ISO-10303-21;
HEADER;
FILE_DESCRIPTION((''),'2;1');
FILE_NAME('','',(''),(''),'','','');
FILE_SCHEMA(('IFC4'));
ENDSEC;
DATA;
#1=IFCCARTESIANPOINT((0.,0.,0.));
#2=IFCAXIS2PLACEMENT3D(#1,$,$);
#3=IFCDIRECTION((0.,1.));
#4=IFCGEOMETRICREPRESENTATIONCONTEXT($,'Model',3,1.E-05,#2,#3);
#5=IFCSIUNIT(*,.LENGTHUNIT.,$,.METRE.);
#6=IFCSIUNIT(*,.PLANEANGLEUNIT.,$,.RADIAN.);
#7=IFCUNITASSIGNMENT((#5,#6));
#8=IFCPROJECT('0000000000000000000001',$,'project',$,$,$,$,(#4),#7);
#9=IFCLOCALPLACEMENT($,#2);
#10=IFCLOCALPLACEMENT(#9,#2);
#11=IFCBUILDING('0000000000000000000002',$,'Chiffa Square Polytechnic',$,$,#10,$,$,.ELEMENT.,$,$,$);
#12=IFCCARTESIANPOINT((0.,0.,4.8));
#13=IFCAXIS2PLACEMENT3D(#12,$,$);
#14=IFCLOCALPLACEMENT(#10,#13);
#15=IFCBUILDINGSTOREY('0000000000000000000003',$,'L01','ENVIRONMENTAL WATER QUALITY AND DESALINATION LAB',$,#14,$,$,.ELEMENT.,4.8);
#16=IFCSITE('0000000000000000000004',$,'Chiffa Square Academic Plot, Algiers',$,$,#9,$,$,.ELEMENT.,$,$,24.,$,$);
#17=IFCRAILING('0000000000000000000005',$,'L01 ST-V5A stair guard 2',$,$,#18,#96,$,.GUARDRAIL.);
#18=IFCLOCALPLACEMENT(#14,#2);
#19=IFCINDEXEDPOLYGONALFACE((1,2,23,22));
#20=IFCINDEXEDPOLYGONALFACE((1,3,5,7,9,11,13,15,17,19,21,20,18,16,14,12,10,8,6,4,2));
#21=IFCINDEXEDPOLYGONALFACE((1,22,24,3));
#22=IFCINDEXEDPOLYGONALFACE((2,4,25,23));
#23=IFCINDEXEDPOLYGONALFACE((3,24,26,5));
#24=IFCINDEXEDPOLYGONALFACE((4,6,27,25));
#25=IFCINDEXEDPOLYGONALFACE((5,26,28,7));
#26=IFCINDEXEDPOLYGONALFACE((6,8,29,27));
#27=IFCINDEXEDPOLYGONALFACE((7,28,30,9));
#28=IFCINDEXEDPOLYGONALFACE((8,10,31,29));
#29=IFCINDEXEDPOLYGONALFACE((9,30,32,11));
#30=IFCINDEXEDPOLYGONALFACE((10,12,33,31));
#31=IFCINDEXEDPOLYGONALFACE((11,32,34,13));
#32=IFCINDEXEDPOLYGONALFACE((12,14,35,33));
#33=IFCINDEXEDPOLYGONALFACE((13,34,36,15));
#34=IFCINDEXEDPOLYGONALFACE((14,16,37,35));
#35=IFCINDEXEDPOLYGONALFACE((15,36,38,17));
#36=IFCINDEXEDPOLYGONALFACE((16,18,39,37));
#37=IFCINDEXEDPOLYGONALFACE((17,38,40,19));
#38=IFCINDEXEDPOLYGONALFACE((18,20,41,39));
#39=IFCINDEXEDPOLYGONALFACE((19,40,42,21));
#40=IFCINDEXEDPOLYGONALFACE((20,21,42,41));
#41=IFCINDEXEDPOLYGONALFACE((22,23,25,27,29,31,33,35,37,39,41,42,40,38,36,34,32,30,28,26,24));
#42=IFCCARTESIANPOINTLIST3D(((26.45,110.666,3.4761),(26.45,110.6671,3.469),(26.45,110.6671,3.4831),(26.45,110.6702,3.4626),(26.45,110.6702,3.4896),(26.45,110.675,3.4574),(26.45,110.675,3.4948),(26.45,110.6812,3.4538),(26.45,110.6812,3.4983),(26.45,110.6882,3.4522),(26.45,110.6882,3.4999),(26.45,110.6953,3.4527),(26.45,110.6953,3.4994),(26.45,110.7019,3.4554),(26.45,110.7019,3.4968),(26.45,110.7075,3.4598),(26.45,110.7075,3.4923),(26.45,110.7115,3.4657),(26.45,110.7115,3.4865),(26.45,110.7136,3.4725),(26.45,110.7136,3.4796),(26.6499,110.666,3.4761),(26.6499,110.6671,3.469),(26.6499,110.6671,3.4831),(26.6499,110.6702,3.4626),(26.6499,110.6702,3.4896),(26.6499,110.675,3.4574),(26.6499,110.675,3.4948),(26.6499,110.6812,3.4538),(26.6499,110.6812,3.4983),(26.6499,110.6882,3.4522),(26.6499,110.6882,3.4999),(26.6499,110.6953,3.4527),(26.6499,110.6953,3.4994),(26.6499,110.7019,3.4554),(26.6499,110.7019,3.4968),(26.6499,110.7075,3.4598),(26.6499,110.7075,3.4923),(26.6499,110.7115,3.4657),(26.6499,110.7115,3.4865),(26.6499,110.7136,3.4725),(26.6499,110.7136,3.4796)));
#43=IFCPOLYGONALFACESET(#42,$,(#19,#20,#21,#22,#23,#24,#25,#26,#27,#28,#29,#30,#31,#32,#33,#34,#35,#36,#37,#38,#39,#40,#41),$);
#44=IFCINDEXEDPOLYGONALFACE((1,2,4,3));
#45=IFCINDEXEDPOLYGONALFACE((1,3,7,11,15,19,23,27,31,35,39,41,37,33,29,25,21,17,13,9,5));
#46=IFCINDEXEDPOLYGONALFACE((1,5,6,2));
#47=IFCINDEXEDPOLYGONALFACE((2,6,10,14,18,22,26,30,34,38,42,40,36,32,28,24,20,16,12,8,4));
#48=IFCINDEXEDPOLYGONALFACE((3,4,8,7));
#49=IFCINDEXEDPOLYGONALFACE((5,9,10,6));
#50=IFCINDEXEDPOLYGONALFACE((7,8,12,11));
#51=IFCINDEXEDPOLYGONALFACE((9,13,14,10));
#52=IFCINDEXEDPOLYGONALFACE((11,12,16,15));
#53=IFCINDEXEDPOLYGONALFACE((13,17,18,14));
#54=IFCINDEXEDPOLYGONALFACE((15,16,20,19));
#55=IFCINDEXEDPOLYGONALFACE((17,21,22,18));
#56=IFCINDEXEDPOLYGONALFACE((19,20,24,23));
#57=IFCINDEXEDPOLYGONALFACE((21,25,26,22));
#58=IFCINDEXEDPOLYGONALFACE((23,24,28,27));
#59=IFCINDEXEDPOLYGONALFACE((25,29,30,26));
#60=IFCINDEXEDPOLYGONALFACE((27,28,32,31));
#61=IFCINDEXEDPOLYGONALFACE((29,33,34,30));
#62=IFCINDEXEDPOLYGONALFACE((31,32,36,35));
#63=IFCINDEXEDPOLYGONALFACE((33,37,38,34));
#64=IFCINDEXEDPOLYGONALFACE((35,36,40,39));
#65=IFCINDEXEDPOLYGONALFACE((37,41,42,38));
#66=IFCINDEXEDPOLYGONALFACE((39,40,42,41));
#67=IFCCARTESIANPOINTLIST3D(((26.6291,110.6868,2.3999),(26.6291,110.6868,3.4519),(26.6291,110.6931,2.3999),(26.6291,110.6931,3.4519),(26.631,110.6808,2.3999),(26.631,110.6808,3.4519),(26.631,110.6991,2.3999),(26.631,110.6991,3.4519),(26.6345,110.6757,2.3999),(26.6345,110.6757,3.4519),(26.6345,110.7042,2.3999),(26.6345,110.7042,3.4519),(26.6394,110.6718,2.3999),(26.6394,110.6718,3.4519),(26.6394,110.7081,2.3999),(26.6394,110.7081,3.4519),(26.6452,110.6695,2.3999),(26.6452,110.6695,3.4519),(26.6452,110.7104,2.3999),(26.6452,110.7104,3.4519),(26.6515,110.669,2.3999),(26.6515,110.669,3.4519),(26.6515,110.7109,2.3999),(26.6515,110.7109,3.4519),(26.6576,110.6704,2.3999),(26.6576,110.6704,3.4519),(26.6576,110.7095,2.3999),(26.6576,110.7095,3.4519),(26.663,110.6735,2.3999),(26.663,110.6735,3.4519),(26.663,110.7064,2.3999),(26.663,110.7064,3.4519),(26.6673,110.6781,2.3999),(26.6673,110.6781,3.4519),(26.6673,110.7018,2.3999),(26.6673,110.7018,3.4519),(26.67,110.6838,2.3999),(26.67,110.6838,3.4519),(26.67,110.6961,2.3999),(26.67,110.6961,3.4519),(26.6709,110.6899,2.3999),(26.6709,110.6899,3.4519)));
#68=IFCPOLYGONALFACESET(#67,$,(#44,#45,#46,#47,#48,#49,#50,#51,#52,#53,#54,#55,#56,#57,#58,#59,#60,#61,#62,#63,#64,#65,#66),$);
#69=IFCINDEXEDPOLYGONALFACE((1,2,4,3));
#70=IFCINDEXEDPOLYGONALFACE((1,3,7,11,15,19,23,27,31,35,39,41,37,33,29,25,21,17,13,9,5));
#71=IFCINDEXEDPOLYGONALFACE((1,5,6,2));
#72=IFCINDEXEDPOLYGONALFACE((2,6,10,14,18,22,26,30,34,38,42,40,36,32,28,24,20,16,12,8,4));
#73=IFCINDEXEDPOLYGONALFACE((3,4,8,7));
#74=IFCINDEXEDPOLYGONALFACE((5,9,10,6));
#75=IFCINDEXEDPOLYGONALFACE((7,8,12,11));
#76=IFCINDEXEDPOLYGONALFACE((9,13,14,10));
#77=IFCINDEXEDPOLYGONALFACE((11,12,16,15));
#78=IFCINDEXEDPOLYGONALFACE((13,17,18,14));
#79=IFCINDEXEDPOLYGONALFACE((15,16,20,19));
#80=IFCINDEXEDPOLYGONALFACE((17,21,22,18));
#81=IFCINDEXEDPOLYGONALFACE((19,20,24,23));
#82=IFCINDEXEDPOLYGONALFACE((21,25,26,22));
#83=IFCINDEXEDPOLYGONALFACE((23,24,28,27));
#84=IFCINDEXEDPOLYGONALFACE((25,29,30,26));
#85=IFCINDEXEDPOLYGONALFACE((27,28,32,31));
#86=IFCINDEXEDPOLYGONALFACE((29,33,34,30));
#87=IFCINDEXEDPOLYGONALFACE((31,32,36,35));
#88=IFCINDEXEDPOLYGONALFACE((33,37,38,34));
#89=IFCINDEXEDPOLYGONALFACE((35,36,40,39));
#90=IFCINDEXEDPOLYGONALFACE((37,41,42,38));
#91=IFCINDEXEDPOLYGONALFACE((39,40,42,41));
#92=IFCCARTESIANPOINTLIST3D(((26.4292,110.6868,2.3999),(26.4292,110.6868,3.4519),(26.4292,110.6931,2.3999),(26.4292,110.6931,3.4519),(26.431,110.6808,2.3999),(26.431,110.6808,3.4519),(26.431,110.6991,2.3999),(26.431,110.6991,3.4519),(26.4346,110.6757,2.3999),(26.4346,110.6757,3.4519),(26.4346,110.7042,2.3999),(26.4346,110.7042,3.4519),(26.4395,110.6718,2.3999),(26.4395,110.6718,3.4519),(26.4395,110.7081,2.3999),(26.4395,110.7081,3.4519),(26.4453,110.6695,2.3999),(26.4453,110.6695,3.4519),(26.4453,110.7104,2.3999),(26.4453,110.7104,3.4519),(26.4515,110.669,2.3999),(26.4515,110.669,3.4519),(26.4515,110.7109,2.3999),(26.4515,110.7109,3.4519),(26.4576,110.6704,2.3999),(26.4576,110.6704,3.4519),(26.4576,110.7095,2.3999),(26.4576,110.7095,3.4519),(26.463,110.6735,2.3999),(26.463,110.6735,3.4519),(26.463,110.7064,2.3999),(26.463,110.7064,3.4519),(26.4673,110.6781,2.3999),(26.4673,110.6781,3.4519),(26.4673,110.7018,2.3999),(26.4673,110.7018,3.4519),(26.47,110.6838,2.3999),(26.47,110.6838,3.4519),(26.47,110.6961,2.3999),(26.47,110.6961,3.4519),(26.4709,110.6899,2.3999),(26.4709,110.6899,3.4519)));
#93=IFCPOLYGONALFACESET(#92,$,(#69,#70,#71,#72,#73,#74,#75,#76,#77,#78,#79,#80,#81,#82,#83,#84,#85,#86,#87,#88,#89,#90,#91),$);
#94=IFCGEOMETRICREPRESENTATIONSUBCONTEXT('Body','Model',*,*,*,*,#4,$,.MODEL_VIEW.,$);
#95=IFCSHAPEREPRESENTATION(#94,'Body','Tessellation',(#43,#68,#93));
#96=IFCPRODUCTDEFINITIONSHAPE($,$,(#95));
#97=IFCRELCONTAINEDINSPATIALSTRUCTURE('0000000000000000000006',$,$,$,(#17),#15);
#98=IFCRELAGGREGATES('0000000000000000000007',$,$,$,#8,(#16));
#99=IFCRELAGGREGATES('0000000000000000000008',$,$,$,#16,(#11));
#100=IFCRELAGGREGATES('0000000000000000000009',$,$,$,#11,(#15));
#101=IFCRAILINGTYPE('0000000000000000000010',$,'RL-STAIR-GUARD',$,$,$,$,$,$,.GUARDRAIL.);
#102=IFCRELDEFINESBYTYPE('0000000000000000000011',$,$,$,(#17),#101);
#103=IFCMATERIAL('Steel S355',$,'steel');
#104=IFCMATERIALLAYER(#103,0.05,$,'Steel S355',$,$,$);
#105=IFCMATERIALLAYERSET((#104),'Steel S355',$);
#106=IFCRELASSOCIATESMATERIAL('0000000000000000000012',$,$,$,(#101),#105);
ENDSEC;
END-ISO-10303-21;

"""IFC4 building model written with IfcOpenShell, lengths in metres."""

from ifc_helpers import new_model, si_unit, direction, frame, origin, origin_2d, place, context, subcontext, project, spatial, circle, extrude, material, layer, layer_set, type_object, element, save


model = new_model("IFC4")

# Units and contexts
model_context = context("Model", 3, precision=1e-05, world=origin(), true_north=direction((0.0, 1.0)))
body_context = subcontext(model_context, "Body", "Model", "MODEL_VIEW")
ifc_project = project(units=[si_unit("LENGTHUNIT", "METRE"), si_unit("PLANEANGLEUNIT", "RADIAN")], contexts=[model_context])

# Site, building, storey
site_placement = place(None, origin())
site = spatial("IfcSite", under=ifc_project, at=site_placement, Name="Chiffa Square Academic Plot, Algiers", CompositionType="ELEMENT", RefElevation=24.0)
building_placement = place(site_placement, origin())
building = spatial("IfcBuilding", under=site, at=building_placement, Name="Chiffa Square Polytechnic", CompositionType="ELEMENT")
storey_placement = place(building_placement, frame((0.0, 0.0, 4.8)))
storey = spatial("IfcBuildingStorey", under=building, at=storey_placement, Name="L01", Description="ENVIRONMENTAL WATER QUALITY AND DESALINATION LAB", CompositionType="ELEMENT", Elevation=4.8)

# Railing
ifc_material_1 = material(Name="Steel S355", Category="steel")
ifc_layer_1 = layer(ifc_material_1, 0.05, Name="Steel S355")
ifc_layer_set_1 = layer_set([ifc_layer_1], Name="Steel S355")
railing_type_1 = type_object("IfcRailingType", Name="RL-STAIR-GUARD", PredefinedType="GUARDRAIL", material=ifc_layer_set_1)
railing_1_placement = place(storey_placement, frame((26.6499, 110.6899, 2.3999)))
element("IfcRailing", 1, at=railing_1_placement, inside=storey, type_object=railing_type_1, Name="L01 ST-V5A stair guard 2", PredefinedType="GUARDRAIL", context=body_context, shape_type="SweptSolid", body=[
    extrude(circle(Radius=0.0239, at=origin_2d()), frame((0.0, 0.0, 1.0762), z_axis=(-1.0, 0.0, 0.0), x_axis=(0.0, -1.0, 0.0)), (0.0, 0.0, 1.0), 0.2),
    extrude(circle(Radius=0.021, at=origin_2d()), origin(), (0.0, 0.0, 1.0), 1.052),
    extrude(circle(Radius=0.021, at=origin_2d()), frame((-0.2, 0.0, 0.0)), (0.0, 0.0, 1.0), 1.052),
])

save(model, "model.ifc")
